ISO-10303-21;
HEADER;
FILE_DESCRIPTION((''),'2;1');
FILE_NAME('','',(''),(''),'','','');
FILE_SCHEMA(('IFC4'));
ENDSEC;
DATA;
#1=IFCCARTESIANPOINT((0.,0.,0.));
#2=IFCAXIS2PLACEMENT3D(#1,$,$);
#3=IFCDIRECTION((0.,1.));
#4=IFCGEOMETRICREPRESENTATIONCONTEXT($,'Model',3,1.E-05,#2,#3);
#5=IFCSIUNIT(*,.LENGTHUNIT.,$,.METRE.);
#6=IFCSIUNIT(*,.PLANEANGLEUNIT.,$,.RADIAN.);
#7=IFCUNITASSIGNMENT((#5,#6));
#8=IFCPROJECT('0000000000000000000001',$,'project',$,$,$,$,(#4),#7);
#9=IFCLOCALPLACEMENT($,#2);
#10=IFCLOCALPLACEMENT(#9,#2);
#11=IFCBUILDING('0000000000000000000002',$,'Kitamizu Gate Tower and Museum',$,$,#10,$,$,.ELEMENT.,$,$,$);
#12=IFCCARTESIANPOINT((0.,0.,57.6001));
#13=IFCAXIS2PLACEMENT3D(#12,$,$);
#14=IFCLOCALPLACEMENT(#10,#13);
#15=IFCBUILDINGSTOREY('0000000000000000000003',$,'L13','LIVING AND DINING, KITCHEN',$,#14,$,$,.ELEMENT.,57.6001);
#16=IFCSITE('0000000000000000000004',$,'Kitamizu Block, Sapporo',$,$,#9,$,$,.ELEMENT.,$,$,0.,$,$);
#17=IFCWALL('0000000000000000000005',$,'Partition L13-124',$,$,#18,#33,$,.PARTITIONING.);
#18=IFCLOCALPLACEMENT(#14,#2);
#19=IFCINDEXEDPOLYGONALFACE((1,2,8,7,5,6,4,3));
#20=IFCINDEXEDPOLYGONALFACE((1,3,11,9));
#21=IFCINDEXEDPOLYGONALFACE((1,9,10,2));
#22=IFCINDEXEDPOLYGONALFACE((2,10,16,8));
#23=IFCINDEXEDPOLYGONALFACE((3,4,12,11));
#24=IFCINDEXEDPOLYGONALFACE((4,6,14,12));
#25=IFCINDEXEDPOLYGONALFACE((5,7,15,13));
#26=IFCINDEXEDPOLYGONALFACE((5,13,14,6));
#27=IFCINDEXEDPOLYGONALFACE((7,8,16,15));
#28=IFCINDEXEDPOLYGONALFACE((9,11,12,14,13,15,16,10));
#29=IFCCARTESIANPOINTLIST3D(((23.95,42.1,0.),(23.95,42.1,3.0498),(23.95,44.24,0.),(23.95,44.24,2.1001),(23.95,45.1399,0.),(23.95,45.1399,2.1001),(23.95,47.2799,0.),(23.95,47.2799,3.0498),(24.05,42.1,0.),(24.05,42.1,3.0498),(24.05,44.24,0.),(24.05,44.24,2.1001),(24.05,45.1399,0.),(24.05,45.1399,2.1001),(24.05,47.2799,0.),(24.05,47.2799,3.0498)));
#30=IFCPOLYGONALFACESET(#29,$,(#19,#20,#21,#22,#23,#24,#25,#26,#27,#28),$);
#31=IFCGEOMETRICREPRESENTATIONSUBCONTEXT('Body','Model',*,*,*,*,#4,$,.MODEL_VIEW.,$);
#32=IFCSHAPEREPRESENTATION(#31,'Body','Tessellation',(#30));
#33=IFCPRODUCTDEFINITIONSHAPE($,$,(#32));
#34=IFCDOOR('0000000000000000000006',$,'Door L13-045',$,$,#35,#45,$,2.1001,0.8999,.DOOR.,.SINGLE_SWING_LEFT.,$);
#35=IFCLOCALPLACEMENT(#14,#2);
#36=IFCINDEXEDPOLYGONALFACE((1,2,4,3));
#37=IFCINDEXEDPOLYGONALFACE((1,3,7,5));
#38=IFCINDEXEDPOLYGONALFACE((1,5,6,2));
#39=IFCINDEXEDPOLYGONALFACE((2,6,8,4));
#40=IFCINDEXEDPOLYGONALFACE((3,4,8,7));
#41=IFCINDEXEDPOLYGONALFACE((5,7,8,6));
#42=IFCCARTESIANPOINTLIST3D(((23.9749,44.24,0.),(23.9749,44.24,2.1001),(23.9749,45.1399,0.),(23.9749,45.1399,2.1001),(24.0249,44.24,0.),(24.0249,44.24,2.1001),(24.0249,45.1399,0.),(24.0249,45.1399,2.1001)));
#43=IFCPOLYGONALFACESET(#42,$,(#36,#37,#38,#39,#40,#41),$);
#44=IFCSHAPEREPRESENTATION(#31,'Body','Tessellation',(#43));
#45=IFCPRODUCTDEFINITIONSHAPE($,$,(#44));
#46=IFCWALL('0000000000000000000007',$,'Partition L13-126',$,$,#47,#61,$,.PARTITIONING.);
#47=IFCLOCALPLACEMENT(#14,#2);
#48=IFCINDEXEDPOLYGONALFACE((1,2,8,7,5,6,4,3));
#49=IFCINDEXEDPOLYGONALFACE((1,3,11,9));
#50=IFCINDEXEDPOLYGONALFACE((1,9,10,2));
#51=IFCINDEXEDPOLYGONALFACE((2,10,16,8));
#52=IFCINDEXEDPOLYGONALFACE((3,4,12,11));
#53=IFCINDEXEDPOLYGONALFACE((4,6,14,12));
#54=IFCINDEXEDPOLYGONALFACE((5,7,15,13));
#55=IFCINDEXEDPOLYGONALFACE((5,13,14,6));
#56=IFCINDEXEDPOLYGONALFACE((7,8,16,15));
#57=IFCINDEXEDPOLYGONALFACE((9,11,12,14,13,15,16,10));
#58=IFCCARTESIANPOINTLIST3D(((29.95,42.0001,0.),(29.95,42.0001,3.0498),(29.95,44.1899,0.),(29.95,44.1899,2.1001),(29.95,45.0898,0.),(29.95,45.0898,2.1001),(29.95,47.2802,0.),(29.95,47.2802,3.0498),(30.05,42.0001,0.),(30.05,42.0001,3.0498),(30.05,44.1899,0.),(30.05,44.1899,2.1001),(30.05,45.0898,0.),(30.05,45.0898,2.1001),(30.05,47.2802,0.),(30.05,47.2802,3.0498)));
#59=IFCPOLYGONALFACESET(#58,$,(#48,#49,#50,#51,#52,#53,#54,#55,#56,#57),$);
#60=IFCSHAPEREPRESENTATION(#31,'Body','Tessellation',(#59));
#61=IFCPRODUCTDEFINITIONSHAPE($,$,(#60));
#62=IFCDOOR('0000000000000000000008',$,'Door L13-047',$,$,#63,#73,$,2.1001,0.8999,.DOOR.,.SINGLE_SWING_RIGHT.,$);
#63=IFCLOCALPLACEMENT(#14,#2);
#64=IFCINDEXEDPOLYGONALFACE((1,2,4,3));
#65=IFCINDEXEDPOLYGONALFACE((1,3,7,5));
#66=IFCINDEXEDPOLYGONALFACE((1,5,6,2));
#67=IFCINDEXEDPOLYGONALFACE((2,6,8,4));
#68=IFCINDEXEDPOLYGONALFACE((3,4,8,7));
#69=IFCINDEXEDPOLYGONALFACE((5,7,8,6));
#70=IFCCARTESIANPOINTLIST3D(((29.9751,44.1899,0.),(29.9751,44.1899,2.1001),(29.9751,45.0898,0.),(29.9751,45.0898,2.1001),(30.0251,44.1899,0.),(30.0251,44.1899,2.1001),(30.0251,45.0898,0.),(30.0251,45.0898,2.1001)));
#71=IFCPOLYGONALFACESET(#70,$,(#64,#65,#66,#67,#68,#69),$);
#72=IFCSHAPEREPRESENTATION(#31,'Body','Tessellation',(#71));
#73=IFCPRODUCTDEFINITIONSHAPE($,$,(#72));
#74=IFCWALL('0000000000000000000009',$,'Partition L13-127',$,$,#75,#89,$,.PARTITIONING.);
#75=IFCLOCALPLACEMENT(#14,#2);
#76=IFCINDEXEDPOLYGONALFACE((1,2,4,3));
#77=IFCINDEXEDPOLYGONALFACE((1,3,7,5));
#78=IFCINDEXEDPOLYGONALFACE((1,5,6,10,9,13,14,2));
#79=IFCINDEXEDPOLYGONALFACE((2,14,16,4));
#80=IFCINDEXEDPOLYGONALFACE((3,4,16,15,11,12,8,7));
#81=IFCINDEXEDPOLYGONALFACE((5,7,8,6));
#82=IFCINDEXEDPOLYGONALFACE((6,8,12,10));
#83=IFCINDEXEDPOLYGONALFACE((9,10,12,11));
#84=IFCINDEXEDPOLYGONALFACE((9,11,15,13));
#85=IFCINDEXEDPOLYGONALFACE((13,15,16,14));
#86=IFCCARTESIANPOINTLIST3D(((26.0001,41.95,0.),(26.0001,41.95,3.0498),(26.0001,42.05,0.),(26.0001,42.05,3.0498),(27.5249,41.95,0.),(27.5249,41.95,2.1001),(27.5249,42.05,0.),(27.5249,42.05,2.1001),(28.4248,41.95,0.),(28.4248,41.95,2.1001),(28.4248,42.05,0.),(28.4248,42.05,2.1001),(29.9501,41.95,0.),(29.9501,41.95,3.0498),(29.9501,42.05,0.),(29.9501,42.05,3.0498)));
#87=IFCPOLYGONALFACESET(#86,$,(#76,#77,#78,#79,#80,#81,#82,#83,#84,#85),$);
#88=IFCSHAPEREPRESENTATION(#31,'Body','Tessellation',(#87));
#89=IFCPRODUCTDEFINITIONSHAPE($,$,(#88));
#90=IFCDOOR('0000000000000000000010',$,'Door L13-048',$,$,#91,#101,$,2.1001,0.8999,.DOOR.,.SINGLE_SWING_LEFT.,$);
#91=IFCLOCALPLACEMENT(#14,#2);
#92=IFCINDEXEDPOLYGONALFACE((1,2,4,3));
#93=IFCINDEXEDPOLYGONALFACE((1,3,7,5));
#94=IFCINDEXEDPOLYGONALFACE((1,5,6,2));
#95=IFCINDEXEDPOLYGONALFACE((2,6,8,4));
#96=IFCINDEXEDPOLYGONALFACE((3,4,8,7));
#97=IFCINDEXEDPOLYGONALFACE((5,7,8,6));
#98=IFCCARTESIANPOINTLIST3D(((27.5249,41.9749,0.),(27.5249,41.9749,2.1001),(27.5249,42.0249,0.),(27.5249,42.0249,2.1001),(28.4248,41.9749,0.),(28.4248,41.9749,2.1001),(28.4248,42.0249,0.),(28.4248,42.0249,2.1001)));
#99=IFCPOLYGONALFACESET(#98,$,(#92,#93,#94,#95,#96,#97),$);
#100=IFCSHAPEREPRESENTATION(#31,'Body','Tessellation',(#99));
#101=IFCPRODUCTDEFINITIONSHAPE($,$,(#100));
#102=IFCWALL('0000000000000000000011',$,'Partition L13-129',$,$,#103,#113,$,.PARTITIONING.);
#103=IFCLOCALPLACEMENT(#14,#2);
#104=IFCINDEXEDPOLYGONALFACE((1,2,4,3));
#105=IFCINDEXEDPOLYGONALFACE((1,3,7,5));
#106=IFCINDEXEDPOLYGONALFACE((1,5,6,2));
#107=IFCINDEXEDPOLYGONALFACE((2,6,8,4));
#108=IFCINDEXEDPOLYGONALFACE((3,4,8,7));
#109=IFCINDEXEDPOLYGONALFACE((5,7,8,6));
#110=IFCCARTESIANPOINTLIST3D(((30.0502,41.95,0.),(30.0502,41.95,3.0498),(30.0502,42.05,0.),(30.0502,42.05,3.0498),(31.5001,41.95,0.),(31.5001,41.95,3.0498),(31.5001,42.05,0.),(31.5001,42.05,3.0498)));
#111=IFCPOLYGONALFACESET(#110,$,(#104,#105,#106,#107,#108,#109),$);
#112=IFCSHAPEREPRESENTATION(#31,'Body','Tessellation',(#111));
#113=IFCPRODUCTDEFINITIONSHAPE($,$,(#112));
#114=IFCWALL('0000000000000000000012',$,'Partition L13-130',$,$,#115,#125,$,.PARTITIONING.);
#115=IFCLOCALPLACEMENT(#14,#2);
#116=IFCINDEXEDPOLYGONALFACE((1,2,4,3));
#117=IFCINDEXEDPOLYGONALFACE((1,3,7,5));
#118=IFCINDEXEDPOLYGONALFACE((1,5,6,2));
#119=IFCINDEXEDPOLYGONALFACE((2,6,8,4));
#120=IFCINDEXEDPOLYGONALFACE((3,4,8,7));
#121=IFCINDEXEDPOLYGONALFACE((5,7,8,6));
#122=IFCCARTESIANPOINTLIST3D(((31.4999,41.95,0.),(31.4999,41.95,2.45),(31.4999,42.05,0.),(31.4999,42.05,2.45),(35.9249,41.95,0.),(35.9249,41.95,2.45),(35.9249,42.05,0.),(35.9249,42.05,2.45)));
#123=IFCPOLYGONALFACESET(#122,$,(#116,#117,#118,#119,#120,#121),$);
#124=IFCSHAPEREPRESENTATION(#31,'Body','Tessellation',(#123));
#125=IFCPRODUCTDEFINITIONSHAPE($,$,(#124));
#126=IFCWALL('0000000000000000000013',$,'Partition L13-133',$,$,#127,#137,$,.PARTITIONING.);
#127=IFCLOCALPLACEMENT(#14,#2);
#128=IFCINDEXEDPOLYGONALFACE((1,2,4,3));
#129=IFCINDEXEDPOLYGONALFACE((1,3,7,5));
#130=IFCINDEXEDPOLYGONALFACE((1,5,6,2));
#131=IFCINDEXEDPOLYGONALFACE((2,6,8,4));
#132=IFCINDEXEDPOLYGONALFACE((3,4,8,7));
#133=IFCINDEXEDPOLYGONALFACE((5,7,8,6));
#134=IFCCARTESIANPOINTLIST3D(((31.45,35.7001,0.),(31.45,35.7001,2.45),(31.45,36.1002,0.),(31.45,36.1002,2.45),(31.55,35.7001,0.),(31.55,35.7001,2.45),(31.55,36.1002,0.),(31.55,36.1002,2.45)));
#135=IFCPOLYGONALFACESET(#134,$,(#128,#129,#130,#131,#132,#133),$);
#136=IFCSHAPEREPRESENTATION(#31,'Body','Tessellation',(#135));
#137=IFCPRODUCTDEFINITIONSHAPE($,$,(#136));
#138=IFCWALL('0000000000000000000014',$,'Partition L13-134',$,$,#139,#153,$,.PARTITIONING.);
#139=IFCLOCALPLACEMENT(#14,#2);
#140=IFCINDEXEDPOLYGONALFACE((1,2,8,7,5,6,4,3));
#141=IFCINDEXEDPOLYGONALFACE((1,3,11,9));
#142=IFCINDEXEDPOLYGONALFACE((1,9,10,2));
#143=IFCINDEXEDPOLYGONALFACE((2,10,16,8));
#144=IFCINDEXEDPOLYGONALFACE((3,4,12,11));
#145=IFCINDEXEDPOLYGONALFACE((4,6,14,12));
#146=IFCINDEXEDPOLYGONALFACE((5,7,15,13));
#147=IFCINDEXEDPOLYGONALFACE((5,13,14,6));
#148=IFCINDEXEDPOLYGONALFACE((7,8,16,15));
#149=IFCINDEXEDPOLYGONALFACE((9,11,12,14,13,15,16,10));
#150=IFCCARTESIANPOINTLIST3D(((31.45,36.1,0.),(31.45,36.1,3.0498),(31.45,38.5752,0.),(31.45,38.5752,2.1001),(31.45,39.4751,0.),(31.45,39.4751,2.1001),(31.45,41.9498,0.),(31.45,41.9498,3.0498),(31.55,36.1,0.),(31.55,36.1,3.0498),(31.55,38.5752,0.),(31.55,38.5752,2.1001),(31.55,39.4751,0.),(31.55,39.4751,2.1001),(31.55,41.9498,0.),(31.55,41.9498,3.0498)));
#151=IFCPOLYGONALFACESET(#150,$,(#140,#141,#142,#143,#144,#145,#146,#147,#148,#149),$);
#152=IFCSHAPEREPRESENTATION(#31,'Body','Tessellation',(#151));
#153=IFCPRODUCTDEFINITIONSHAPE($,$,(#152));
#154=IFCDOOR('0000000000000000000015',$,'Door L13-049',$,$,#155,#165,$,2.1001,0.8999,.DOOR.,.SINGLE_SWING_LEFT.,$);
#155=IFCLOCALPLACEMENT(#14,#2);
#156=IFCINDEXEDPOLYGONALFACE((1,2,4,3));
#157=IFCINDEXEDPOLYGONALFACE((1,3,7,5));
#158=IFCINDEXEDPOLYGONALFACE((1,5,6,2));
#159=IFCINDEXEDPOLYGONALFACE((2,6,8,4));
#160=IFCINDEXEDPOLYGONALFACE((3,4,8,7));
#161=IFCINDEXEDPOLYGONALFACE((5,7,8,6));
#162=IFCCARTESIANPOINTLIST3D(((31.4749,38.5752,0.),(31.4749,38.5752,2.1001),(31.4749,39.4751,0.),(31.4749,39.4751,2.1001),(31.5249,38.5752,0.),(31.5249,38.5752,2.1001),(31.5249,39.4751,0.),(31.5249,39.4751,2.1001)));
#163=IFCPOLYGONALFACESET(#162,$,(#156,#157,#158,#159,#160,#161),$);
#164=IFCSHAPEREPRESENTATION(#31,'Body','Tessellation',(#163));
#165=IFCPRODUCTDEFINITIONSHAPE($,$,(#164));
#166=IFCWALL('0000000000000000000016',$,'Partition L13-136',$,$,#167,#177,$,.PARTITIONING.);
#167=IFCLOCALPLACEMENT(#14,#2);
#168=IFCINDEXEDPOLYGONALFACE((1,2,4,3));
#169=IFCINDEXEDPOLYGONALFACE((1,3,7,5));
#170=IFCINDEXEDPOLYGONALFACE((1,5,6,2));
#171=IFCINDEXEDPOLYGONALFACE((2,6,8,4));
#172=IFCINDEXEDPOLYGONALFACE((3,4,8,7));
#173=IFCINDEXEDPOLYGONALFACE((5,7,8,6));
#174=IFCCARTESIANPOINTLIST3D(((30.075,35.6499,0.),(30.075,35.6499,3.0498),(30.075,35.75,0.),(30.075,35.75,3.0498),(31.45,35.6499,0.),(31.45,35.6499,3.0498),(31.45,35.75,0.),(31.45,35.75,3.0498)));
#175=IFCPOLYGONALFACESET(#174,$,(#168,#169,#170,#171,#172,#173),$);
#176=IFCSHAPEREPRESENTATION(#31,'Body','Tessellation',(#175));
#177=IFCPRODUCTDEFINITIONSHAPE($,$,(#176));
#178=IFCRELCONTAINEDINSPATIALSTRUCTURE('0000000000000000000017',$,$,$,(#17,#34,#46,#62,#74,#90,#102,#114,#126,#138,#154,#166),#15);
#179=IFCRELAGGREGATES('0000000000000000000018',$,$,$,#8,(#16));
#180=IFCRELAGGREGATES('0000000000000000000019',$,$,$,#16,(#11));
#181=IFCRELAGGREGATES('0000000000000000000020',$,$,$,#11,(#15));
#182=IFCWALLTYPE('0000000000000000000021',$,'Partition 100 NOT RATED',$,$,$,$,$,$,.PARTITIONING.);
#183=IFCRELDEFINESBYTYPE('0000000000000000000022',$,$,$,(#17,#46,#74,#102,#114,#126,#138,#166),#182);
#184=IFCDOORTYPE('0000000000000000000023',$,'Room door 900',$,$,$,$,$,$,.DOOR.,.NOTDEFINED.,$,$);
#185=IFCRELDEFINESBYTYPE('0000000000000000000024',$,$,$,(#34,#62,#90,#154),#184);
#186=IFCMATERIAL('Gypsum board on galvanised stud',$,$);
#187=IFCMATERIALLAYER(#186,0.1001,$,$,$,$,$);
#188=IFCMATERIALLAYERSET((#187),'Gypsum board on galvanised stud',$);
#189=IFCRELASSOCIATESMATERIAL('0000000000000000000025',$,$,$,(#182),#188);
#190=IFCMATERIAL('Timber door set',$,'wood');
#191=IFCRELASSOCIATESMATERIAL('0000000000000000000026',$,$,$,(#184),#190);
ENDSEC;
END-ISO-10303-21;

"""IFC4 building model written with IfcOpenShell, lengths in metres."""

from ifc_helpers import new_model, si_unit, direction, frame, frame_2d, origin, place, context, subcontext, project, spatial, rectangle, extrude, material, layer, layer_set, type_object, element, fill, save


model = new_model("IFC4")

# Units and contexts
model_context = context("Model", 3, precision=1e-05, world=origin(), true_north=direction((0.0, 1.0)))
body_context = subcontext(model_context, "Body", "Model", "MODEL_VIEW")
ifc_project = project(units=[si_unit("LENGTHUNIT", "METRE"), si_unit("PLANEANGLEUNIT", "RADIAN")], contexts=[model_context])

# Site, building, storey
site_placement = place(None, origin())
site = spatial("IfcSite", under=ifc_project, at=site_placement, Name="Kitamizu Block, Sapporo", CompositionType="ELEMENT", RefElevation=0.0)
building_placement = place(site_placement, origin())
building = spatial("IfcBuilding", under=site, at=building_placement, Name="Kitamizu Gate Tower and Museum", CompositionType="ELEMENT")
storey_placement = place(building_placement, frame((0.0, 0.0, 57.6001)))
storey = spatial("IfcBuildingStorey", under=building, at=storey_placement, Name="L13", Description="LIVING AND DINING, KITCHEN", CompositionType="ELEMENT", Elevation=57.6001)

# Walls, openings, doors
ifc_material_1 = material(Name="Gypsum board on galvanised stud")
ifc_layer_1 = layer(ifc_material_1, 0.1001)
ifc_layer_set_1 = layer_set([ifc_layer_1], Name="Gypsum board on galvanised stud")
wall_type_1 = type_object("IfcWallType", Name="Partition 100 NOT RATED", PredefinedType="PARTITIONING", material=ifc_layer_set_1)
wall_1_placement = place(storey_placement, frame((24.0, 42.1001, 0.0), z_axis=(0.0, 0.0, 1.0), x_axis=(0.0, 1.0, 0.0)))
wall_1 = element("IfcWall", 1, at=wall_1_placement, inside=storey, type_object=wall_type_1, Name="Partition L13-124", PredefinedType="PARTITIONING", context=body_context, shape_type="SweptSolid", body=[
    extrude(rectangle(XDim=5.1799, YDim=0.1001, at=frame_2d((2.5898, 0.0))), origin(), (0.0, 0.0, 1.0), 3.0498),
])
opening_1_placement = place(wall_1_placement, frame((2.1399, 0.0, 0.0)))
opening_1 = element("IfcOpeningElement", 2, at=opening_1_placement, cuts=wall_1, PredefinedType="OPENING", context=body_context, shape_type="SweptSolid", body=[
    extrude(rectangle(XDim=0.8999, YDim=2.1001, at=frame_2d((0.45, 1.05))), frame((0.0, 0.0601, 0.0), z_axis=(0.0, -1.0, 0.0), x_axis=(1.0, 0.0, 0.0)), (0.0, 0.0, 1.0), 0.1201),
])
ifc_material_2 = material(Name="Timber door set", Category="wood")
door_type_1 = type_object("IfcDoorType", Name="Room door 900", OperationType="NOTDEFINED", PredefinedType="DOOR", material=ifc_material_2)
door_1_placement = place(opening_1_placement, frame((0.8999, 0.0, 0.0), x_axis=(-1.0, 0.0, 0.0)))
door_1 = element("IfcDoor", 3, at=door_1_placement, inside=storey, type_object=door_type_1, Name="Door L13-045", OperationType="SINGLE_SWING_LEFT", OverallHeight=2.1001, OverallWidth=0.8999, PredefinedType="DOOR", context=body_context, shape_type="SweptSolid", body=[
    extrude(rectangle(XDim=0.8999, YDim=2.1001, at=frame_2d((0.45, 1.05))), frame((0.0, 0.0249, 0.0), z_axis=(0.0, -1.0, 0.0), x_axis=(1.0, 0.0, 0.0)), (0.0, 0.0, 1.0), 0.05),
])
fill(opening_1, door_1)
wall_2_placement = place(storey_placement, frame((30.0, 42.0, 0.0), z_axis=(0.0, 0.0, 1.0), x_axis=(0.0, 1.0, 0.0)))
wall_2 = element("IfcWall", 4, at=wall_2_placement, inside=storey, type_object=wall_type_1, Name="Partition L13-126", PredefinedType="PARTITIONING", context=body_context, shape_type="SweptSolid", body=[
    extrude(rectangle(XDim=5.28, YDim=0.1001, at=frame_2d((2.6401, 0.0))), origin(), (0.0, 0.0, 1.0), 3.0498),
])
opening_2_placement = place(wall_2_placement, frame((2.1899, 0.0, 0.0)))
opening_2 = element("IfcOpeningElement", 5, at=opening_2_placement, cuts=wall_2, PredefinedType="OPENING", context=body_context, shape_type="SweptSolid", body=[
    extrude(rectangle(XDim=0.8999, YDim=2.1001, at=frame_2d((0.45, 1.05))), frame((0.0, 0.0601, 0.0), z_axis=(0.0, -1.0, 0.0), x_axis=(1.0, 0.0, 0.0)), (0.0, 0.0, 1.0), 0.1201),
])
door_2_placement = place(opening_2_placement, origin())
door_2 = element("IfcDoor", 6, at=door_2_placement, inside=storey, type_object=door_type_1, Name="Door L13-047", OperationType="SINGLE_SWING_RIGHT", OverallHeight=2.1001, OverallWidth=0.8999, PredefinedType="DOOR", context=body_context, shape_type="SweptSolid", body=[
    extrude(rectangle(XDim=0.8999, YDim=2.1001, at=frame_2d((0.45, 1.05))), frame((0.0, 0.0249, 0.0), z_axis=(0.0, -1.0, 0.0), x_axis=(1.0, 0.0, 0.0)), (0.0, 0.0, 1.0), 0.05),
])
fill(opening_2, door_2)
wall_3_placement = place(storey_placement, frame((26.0, 42.0, 0.0), z_axis=(0.0, 0.0, 1.0), x_axis=(1.0, 0.0, 0.0)))
wall_3 = element("IfcWall", 7, at=wall_3_placement, inside=storey, type_object=wall_type_1, Name="Partition L13-127", PredefinedType="PARTITIONING", context=body_context, shape_type="SweptSolid", body=[
    extrude(rectangle(XDim=3.95, YDim=0.1001, at=frame_2d((1.9751, 0.0))), origin(), (0.0, 0.0, 1.0), 3.0498),
])
opening_3_placement = place(wall_3_placement, frame((1.5249, 0.0, 0.0)))
opening_3 = element("IfcOpeningElement", 8, at=opening_3_placement, cuts=wall_3, PredefinedType="OPENING", context=body_context, shape_type="SweptSolid", body=[
    extrude(rectangle(XDim=0.8999, YDim=2.1001, at=frame_2d((0.45, 1.05))), frame((0.0, 0.0601, 0.0), z_axis=(0.0, -1.0, 0.0), x_axis=(1.0, 0.0, 0.0)), (0.0, 0.0, 1.0), 0.1201),
])
door_3_placement = place(opening_3_placement, origin())
door_3 = element("IfcDoor", 9, at=door_3_placement, inside=storey, type_object=door_type_1, Name="Door L13-048", OperationType="SINGLE_SWING_LEFT", OverallHeight=2.1001, OverallWidth=0.8999, PredefinedType="DOOR", context=body_context, shape_type="SweptSolid", body=[
    extrude(rectangle(XDim=0.8999, YDim=2.1001, at=frame_2d((0.45, 1.05))), frame((0.0, 0.0249, 0.0), z_axis=(0.0, -1.0, 0.0), x_axis=(1.0, 0.0, 0.0)), (0.0, 0.0, 1.0), 0.05),
])
fill(opening_3, door_3)

# Walls
wall_4_placement = place(storey_placement, frame((30.05, 42.0, 0.0), z_axis=(0.0, 0.0, 1.0), x_axis=(1.0, 0.0, 0.0)))
element("IfcWall", 10, at=wall_4_placement, inside=storey, type_object=wall_type_1, Name="Partition L13-129", PredefinedType="PARTITIONING", context=body_context, shape_type="SweptSolid", body=[
    extrude(rectangle(XDim=1.45, YDim=0.1001, at=frame_2d((0.7251, 0.0))), origin(), (0.0, 0.0, 1.0), 3.0498),
])
wall_5_placement = place(storey_placement, frame((31.5, 42.0, 0.0), z_axis=(0.0, 0.0, 1.0), x_axis=(1.0, 0.0, 0.0)))
element("IfcWall", 11, at=wall_5_placement, inside=storey, type_object=wall_type_1, Name="Partition L13-130", PredefinedType="PARTITIONING", context=body_context, shape_type="SweptSolid", body=[
    extrude(rectangle(XDim=4.425, YDim=0.1001, at=frame_2d((2.2124, 0.0))), origin(), (0.0, 0.0, 1.0), 2.45),
])
wall_6_placement = place(storey_placement, frame((31.5, 35.7, 0.0), z_axis=(0.0, 0.0, 1.0), x_axis=(0.0, 1.0, 0.0)))
element("IfcWall", 12, at=wall_6_placement, inside=storey, type_object=wall_type_1, Name="Partition L13-133", PredefinedType="PARTITIONING", context=body_context, shape_type="SweptSolid", body=[
    extrude(rectangle(XDim=0.4001, YDim=0.1001, at=frame_2d((0.2002, 0.0))), origin(), (0.0, 0.0, 1.0), 2.45),
])

# Wall, opening, door
wall_7_placement = place(storey_placement, frame((31.5, 36.1001, 0.0), z_axis=(0.0, 0.0, 1.0), x_axis=(0.0, 1.0, 0.0)))
wall_7 = element("IfcWall", 13, at=wall_7_placement, inside=storey, type_object=wall_type_1, Name="Partition L13-134", PredefinedType="PARTITIONING", context=body_context, shape_type="SweptSolid", body=[
    extrude(rectangle(XDim=5.8499, YDim=0.1001, at=frame_2d((2.9248, 0.0))), origin(), (0.0, 0.0, 1.0), 3.0498),
])
opening_4_placement = place(wall_7_placement, frame((2.4751, 0.0, 0.0)))
opening_4 = element("IfcOpeningElement", 14, at=opening_4_placement, cuts=wall_7, PredefinedType="OPENING", context=body_context, shape_type="SweptSolid", body=[
    extrude(rectangle(XDim=0.8999, YDim=2.1001, at=frame_2d((0.45, 1.05))), frame((0.0, 0.0601, 0.0), z_axis=(0.0, -1.0, 0.0), x_axis=(1.0, 0.0, 0.0)), (0.0, 0.0, 1.0), 0.1201),
])
door_4_placement = place(opening_4_placement, frame((0.8999, 0.0, 0.0), x_axis=(-1.0, 0.0, 0.0)))
door_4 = element("IfcDoor", 15, at=door_4_placement, inside=storey, type_object=door_type_1, Name="Door L13-049", OperationType="SINGLE_SWING_LEFT", OverallHeight=2.1001, OverallWidth=0.8999, PredefinedType="DOOR", context=body_context, shape_type="SweptSolid", body=[
    extrude(rectangle(XDim=0.8999, YDim=2.1001, at=frame_2d((0.45, 1.05))), frame((0.0, 0.0249, 0.0), z_axis=(0.0, -1.0, 0.0), x_axis=(1.0, 0.0, 0.0)), (0.0, 0.0, 1.0), 0.05),
])
fill(opening_4, door_4)

# Wall
wall_8_placement = place(storey_placement, frame((30.075, 35.7, 0.0), z_axis=(0.0, 0.0, 1.0), x_axis=(1.0, 0.0, 0.0)))
element("IfcWall", 16, at=wall_8_placement, inside=storey, type_object=wall_type_1, Name="Partition L13-136", PredefinedType="PARTITIONING", context=body_context, shape_type="SweptSolid", body=[
    extrude(rectangle(XDim=1.375, YDim=0.1001, at=frame_2d((0.6875, 0.0))), origin(), (0.0, 0.0, 1.0), 3.0498),
])

save(model, "model.ifc")
